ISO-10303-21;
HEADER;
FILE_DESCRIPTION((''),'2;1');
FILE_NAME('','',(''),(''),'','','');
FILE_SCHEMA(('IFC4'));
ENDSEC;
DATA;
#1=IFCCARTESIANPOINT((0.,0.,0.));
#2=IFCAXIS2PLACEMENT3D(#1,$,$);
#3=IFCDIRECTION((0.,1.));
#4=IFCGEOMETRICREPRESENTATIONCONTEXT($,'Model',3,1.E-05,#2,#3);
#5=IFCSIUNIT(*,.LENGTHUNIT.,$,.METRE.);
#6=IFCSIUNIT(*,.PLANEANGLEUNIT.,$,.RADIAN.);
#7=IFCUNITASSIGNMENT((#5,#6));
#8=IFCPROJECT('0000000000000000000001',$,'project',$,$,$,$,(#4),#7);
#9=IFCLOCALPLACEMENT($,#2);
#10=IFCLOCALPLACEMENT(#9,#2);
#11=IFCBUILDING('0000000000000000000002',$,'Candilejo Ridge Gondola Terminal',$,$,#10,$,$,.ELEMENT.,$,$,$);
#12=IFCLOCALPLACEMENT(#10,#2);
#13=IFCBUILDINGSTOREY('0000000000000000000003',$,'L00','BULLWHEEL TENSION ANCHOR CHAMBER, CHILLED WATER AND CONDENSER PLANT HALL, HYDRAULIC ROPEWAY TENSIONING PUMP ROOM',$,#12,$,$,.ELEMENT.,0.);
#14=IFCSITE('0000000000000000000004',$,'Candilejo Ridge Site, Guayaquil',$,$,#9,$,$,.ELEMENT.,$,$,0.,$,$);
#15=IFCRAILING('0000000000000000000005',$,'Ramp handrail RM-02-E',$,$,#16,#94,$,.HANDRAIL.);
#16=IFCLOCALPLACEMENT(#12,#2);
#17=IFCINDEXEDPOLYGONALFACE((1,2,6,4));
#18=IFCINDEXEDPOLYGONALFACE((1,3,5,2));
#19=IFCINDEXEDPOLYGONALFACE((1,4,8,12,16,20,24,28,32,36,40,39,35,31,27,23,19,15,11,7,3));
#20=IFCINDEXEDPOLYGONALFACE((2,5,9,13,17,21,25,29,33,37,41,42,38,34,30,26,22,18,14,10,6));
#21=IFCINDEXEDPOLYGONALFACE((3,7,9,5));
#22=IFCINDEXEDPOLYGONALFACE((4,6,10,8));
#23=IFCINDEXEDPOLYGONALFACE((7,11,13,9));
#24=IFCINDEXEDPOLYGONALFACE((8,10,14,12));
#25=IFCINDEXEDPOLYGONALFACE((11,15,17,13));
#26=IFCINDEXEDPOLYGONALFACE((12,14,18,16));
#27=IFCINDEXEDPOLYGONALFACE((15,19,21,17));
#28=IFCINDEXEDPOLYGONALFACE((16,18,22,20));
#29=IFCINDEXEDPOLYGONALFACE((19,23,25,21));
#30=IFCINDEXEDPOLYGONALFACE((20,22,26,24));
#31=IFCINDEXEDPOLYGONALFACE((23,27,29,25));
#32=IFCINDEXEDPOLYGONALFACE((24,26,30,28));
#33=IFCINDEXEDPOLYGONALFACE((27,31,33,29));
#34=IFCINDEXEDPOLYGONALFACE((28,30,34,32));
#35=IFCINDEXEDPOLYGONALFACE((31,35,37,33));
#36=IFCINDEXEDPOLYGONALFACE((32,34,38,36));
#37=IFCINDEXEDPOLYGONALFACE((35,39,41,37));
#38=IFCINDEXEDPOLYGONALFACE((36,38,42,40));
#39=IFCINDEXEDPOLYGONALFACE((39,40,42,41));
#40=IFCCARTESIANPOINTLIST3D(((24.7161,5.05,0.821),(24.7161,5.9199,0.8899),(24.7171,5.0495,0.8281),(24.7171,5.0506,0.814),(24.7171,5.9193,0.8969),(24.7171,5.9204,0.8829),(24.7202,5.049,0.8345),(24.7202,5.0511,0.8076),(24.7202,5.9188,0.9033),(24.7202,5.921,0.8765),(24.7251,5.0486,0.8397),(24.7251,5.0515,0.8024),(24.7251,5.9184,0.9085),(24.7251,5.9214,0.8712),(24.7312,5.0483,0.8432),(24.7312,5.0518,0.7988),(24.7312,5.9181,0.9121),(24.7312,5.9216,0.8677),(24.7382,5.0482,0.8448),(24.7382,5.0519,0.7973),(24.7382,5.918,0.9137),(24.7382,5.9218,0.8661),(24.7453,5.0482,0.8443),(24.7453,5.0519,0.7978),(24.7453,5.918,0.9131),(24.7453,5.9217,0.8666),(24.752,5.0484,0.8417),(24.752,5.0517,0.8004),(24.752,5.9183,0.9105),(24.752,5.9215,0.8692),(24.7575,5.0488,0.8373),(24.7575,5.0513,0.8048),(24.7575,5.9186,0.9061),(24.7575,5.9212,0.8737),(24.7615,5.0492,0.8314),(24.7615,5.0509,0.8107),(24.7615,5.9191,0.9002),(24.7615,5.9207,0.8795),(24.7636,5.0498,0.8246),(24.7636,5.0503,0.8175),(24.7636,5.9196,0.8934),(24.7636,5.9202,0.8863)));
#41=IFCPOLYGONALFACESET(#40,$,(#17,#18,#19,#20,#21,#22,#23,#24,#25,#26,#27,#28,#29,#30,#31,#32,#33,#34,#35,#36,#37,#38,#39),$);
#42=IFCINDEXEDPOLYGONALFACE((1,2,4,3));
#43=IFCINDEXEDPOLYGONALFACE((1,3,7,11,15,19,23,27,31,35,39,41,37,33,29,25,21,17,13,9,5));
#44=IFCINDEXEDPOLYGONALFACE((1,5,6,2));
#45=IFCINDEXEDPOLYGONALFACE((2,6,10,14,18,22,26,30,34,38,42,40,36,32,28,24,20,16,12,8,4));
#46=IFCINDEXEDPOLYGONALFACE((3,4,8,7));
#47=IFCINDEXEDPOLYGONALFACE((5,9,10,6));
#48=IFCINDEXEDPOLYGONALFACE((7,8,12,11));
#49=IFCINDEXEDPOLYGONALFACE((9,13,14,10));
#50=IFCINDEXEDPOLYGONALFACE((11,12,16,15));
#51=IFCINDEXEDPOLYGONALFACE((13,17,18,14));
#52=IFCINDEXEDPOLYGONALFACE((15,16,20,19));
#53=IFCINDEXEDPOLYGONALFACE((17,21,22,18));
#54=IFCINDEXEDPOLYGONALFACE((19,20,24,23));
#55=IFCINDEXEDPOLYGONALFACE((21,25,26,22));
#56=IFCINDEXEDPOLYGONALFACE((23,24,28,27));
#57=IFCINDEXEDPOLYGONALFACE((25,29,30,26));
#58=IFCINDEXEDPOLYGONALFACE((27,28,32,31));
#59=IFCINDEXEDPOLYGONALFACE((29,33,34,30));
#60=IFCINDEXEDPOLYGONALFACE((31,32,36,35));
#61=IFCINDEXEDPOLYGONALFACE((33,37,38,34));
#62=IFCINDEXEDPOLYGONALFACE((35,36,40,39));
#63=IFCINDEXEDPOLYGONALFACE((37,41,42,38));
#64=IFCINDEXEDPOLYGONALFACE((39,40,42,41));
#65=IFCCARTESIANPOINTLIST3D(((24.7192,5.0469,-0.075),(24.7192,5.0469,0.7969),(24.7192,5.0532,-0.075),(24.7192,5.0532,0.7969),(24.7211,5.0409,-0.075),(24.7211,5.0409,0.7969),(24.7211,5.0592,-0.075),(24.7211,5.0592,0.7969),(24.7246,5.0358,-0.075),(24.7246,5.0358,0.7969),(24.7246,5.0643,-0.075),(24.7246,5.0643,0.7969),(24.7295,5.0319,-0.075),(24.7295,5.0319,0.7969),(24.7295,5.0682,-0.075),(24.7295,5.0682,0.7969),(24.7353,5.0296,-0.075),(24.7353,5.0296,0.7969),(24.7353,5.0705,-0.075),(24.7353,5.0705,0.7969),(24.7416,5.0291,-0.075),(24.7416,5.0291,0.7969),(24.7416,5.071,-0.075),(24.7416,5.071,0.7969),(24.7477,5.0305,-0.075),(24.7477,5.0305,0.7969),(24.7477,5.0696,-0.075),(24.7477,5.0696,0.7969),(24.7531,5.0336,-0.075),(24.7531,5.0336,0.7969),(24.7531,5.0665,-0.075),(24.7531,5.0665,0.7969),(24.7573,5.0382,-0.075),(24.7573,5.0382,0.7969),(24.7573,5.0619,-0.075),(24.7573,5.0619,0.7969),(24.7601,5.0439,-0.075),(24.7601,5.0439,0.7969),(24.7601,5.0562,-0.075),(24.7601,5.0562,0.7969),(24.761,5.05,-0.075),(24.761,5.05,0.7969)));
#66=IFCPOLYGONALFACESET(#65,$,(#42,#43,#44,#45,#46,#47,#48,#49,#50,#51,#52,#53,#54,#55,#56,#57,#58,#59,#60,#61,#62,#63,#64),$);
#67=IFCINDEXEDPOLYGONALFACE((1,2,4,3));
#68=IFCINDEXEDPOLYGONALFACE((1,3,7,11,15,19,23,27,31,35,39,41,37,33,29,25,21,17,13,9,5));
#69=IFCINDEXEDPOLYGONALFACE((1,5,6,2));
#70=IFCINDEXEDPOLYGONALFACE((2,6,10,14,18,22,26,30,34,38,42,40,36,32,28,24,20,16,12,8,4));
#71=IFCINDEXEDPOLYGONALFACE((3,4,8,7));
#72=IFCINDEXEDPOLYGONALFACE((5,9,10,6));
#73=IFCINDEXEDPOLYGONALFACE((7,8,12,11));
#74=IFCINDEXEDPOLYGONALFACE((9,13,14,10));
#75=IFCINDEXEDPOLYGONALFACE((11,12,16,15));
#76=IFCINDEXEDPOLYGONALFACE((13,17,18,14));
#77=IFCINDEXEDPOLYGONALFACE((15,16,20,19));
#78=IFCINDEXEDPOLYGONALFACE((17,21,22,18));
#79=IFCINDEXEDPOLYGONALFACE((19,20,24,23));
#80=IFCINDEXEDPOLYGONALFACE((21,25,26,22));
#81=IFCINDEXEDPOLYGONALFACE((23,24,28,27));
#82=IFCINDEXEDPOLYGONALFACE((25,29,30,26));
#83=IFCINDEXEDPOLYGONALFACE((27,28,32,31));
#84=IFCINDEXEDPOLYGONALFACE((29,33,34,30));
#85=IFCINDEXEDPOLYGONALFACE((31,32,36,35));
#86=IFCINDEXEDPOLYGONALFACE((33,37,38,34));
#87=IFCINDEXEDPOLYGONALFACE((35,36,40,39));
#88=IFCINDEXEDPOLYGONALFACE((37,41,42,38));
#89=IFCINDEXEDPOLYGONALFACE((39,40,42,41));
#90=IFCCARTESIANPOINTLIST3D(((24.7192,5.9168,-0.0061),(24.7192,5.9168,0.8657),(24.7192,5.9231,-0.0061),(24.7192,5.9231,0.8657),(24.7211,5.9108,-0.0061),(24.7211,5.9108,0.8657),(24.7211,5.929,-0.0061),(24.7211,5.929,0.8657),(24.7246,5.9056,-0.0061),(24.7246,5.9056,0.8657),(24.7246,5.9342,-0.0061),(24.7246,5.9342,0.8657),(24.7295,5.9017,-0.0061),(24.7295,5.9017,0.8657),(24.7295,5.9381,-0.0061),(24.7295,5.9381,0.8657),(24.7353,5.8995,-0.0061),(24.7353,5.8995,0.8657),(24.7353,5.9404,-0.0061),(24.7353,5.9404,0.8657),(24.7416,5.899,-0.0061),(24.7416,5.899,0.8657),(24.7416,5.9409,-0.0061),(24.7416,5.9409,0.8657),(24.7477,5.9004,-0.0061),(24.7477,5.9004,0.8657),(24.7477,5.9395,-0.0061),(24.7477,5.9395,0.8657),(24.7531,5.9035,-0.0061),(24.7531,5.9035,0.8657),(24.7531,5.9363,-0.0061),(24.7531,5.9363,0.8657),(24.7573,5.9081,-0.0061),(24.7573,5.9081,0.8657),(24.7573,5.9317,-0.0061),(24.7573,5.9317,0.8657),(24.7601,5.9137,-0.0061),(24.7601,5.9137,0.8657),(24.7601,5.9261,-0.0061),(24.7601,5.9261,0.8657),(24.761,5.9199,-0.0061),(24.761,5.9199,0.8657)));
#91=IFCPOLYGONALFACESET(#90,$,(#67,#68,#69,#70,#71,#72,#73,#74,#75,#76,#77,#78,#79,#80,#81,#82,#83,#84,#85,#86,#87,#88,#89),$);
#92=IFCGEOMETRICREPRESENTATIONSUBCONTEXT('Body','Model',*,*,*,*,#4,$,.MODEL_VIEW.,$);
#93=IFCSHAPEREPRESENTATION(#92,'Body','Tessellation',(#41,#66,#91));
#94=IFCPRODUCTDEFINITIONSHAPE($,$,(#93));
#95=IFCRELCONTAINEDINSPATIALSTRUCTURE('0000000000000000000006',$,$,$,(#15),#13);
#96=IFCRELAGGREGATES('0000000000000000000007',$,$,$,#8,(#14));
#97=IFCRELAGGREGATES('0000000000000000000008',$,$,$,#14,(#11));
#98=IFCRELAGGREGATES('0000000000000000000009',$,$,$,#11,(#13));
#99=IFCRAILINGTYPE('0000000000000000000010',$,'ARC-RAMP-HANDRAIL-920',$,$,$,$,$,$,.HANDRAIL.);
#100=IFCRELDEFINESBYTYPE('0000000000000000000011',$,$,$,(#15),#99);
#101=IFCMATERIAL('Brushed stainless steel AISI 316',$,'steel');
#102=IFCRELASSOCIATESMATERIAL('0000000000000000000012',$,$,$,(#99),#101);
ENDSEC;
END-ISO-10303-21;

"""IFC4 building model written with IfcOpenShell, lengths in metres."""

from ifc_helpers import new_model, si_unit, direction, frame, origin, origin_2d, place, context, subcontext, project, spatial, circle, extrude, material, type_object, element, save


model = new_model("IFC4")

# Units and contexts
model_context = context("Model", 3, precision=1e-05, world=origin(), true_north=direction((0.0, 1.0)))
body_context = subcontext(model_context, "Body", "Model", "MODEL_VIEW")
ifc_project = project(units=[si_unit("LENGTHUNIT", "METRE"), si_unit("PLANEANGLEUNIT", "RADIAN")], contexts=[model_context])

# Site, building, storey
site_placement = place(None, origin())
site = spatial("IfcSite", under=ifc_project, at=site_placement, Name="Candilejo Ridge Site, Guayaquil", CompositionType="ELEMENT", RefElevation=0.0)
building_placement = place(site_placement, origin())
building = spatial("IfcBuilding", under=site, at=building_placement, Name="Candilejo Ridge Gondola Terminal", CompositionType="ELEMENT")
storey_placement = place(building_placement, origin())
storey = spatial("IfcBuildingStorey", under=building, at=storey_placement, Name="L00", Description="BULLWHEEL TENSION ANCHOR CHAMBER, CHILLED WATER AND CONDENSER PLANT HALL, HYDRAULIC ROPEWAY TENSIONING PUMP ROOM", CompositionType="ELEMENT", Elevation=0.0)

# Railing
ifc_material_1 = material(Name="Brushed stainless steel AISI 316", Category="steel")
railing_type = type_object("IfcRailingType", Name="ARC-RAMP-HANDRAIL-920", PredefinedType="HANDRAIL", material=ifc_material_1)
for number, where, name in (
    (1, (24.74, 5.05, -0.075), "Ramp handrail RM-02-E"),
):
    element("IfcRailing", number, at=place(storey_placement, frame(where)), inside=storey, type_object=railing_type, Name=name, PredefinedType="HANDRAIL", context=body_context, shape_type="SweptSolid", body=[
        extrude(circle(Radius=0.0239, at=origin_2d()), frame((0.0, 0.0, 0.896), z_axis=(0.0, 0.996883, 0.0789), x_axis=(-1.0, 0.0, 0.0)), (0.0, 0.0, 1.0), 0.8726),
        extrude(circle(Radius=0.021, at=origin_2d()), origin(), (0.0, 0.0, 1.0), 0.8718),
        extrude(circle(Radius=0.021, at=origin_2d()), frame((0.0, 0.8699, 0.0688)), (0.0, 0.0, 1.0), 0.8718),
    ])

save(model, "model.ifc")
